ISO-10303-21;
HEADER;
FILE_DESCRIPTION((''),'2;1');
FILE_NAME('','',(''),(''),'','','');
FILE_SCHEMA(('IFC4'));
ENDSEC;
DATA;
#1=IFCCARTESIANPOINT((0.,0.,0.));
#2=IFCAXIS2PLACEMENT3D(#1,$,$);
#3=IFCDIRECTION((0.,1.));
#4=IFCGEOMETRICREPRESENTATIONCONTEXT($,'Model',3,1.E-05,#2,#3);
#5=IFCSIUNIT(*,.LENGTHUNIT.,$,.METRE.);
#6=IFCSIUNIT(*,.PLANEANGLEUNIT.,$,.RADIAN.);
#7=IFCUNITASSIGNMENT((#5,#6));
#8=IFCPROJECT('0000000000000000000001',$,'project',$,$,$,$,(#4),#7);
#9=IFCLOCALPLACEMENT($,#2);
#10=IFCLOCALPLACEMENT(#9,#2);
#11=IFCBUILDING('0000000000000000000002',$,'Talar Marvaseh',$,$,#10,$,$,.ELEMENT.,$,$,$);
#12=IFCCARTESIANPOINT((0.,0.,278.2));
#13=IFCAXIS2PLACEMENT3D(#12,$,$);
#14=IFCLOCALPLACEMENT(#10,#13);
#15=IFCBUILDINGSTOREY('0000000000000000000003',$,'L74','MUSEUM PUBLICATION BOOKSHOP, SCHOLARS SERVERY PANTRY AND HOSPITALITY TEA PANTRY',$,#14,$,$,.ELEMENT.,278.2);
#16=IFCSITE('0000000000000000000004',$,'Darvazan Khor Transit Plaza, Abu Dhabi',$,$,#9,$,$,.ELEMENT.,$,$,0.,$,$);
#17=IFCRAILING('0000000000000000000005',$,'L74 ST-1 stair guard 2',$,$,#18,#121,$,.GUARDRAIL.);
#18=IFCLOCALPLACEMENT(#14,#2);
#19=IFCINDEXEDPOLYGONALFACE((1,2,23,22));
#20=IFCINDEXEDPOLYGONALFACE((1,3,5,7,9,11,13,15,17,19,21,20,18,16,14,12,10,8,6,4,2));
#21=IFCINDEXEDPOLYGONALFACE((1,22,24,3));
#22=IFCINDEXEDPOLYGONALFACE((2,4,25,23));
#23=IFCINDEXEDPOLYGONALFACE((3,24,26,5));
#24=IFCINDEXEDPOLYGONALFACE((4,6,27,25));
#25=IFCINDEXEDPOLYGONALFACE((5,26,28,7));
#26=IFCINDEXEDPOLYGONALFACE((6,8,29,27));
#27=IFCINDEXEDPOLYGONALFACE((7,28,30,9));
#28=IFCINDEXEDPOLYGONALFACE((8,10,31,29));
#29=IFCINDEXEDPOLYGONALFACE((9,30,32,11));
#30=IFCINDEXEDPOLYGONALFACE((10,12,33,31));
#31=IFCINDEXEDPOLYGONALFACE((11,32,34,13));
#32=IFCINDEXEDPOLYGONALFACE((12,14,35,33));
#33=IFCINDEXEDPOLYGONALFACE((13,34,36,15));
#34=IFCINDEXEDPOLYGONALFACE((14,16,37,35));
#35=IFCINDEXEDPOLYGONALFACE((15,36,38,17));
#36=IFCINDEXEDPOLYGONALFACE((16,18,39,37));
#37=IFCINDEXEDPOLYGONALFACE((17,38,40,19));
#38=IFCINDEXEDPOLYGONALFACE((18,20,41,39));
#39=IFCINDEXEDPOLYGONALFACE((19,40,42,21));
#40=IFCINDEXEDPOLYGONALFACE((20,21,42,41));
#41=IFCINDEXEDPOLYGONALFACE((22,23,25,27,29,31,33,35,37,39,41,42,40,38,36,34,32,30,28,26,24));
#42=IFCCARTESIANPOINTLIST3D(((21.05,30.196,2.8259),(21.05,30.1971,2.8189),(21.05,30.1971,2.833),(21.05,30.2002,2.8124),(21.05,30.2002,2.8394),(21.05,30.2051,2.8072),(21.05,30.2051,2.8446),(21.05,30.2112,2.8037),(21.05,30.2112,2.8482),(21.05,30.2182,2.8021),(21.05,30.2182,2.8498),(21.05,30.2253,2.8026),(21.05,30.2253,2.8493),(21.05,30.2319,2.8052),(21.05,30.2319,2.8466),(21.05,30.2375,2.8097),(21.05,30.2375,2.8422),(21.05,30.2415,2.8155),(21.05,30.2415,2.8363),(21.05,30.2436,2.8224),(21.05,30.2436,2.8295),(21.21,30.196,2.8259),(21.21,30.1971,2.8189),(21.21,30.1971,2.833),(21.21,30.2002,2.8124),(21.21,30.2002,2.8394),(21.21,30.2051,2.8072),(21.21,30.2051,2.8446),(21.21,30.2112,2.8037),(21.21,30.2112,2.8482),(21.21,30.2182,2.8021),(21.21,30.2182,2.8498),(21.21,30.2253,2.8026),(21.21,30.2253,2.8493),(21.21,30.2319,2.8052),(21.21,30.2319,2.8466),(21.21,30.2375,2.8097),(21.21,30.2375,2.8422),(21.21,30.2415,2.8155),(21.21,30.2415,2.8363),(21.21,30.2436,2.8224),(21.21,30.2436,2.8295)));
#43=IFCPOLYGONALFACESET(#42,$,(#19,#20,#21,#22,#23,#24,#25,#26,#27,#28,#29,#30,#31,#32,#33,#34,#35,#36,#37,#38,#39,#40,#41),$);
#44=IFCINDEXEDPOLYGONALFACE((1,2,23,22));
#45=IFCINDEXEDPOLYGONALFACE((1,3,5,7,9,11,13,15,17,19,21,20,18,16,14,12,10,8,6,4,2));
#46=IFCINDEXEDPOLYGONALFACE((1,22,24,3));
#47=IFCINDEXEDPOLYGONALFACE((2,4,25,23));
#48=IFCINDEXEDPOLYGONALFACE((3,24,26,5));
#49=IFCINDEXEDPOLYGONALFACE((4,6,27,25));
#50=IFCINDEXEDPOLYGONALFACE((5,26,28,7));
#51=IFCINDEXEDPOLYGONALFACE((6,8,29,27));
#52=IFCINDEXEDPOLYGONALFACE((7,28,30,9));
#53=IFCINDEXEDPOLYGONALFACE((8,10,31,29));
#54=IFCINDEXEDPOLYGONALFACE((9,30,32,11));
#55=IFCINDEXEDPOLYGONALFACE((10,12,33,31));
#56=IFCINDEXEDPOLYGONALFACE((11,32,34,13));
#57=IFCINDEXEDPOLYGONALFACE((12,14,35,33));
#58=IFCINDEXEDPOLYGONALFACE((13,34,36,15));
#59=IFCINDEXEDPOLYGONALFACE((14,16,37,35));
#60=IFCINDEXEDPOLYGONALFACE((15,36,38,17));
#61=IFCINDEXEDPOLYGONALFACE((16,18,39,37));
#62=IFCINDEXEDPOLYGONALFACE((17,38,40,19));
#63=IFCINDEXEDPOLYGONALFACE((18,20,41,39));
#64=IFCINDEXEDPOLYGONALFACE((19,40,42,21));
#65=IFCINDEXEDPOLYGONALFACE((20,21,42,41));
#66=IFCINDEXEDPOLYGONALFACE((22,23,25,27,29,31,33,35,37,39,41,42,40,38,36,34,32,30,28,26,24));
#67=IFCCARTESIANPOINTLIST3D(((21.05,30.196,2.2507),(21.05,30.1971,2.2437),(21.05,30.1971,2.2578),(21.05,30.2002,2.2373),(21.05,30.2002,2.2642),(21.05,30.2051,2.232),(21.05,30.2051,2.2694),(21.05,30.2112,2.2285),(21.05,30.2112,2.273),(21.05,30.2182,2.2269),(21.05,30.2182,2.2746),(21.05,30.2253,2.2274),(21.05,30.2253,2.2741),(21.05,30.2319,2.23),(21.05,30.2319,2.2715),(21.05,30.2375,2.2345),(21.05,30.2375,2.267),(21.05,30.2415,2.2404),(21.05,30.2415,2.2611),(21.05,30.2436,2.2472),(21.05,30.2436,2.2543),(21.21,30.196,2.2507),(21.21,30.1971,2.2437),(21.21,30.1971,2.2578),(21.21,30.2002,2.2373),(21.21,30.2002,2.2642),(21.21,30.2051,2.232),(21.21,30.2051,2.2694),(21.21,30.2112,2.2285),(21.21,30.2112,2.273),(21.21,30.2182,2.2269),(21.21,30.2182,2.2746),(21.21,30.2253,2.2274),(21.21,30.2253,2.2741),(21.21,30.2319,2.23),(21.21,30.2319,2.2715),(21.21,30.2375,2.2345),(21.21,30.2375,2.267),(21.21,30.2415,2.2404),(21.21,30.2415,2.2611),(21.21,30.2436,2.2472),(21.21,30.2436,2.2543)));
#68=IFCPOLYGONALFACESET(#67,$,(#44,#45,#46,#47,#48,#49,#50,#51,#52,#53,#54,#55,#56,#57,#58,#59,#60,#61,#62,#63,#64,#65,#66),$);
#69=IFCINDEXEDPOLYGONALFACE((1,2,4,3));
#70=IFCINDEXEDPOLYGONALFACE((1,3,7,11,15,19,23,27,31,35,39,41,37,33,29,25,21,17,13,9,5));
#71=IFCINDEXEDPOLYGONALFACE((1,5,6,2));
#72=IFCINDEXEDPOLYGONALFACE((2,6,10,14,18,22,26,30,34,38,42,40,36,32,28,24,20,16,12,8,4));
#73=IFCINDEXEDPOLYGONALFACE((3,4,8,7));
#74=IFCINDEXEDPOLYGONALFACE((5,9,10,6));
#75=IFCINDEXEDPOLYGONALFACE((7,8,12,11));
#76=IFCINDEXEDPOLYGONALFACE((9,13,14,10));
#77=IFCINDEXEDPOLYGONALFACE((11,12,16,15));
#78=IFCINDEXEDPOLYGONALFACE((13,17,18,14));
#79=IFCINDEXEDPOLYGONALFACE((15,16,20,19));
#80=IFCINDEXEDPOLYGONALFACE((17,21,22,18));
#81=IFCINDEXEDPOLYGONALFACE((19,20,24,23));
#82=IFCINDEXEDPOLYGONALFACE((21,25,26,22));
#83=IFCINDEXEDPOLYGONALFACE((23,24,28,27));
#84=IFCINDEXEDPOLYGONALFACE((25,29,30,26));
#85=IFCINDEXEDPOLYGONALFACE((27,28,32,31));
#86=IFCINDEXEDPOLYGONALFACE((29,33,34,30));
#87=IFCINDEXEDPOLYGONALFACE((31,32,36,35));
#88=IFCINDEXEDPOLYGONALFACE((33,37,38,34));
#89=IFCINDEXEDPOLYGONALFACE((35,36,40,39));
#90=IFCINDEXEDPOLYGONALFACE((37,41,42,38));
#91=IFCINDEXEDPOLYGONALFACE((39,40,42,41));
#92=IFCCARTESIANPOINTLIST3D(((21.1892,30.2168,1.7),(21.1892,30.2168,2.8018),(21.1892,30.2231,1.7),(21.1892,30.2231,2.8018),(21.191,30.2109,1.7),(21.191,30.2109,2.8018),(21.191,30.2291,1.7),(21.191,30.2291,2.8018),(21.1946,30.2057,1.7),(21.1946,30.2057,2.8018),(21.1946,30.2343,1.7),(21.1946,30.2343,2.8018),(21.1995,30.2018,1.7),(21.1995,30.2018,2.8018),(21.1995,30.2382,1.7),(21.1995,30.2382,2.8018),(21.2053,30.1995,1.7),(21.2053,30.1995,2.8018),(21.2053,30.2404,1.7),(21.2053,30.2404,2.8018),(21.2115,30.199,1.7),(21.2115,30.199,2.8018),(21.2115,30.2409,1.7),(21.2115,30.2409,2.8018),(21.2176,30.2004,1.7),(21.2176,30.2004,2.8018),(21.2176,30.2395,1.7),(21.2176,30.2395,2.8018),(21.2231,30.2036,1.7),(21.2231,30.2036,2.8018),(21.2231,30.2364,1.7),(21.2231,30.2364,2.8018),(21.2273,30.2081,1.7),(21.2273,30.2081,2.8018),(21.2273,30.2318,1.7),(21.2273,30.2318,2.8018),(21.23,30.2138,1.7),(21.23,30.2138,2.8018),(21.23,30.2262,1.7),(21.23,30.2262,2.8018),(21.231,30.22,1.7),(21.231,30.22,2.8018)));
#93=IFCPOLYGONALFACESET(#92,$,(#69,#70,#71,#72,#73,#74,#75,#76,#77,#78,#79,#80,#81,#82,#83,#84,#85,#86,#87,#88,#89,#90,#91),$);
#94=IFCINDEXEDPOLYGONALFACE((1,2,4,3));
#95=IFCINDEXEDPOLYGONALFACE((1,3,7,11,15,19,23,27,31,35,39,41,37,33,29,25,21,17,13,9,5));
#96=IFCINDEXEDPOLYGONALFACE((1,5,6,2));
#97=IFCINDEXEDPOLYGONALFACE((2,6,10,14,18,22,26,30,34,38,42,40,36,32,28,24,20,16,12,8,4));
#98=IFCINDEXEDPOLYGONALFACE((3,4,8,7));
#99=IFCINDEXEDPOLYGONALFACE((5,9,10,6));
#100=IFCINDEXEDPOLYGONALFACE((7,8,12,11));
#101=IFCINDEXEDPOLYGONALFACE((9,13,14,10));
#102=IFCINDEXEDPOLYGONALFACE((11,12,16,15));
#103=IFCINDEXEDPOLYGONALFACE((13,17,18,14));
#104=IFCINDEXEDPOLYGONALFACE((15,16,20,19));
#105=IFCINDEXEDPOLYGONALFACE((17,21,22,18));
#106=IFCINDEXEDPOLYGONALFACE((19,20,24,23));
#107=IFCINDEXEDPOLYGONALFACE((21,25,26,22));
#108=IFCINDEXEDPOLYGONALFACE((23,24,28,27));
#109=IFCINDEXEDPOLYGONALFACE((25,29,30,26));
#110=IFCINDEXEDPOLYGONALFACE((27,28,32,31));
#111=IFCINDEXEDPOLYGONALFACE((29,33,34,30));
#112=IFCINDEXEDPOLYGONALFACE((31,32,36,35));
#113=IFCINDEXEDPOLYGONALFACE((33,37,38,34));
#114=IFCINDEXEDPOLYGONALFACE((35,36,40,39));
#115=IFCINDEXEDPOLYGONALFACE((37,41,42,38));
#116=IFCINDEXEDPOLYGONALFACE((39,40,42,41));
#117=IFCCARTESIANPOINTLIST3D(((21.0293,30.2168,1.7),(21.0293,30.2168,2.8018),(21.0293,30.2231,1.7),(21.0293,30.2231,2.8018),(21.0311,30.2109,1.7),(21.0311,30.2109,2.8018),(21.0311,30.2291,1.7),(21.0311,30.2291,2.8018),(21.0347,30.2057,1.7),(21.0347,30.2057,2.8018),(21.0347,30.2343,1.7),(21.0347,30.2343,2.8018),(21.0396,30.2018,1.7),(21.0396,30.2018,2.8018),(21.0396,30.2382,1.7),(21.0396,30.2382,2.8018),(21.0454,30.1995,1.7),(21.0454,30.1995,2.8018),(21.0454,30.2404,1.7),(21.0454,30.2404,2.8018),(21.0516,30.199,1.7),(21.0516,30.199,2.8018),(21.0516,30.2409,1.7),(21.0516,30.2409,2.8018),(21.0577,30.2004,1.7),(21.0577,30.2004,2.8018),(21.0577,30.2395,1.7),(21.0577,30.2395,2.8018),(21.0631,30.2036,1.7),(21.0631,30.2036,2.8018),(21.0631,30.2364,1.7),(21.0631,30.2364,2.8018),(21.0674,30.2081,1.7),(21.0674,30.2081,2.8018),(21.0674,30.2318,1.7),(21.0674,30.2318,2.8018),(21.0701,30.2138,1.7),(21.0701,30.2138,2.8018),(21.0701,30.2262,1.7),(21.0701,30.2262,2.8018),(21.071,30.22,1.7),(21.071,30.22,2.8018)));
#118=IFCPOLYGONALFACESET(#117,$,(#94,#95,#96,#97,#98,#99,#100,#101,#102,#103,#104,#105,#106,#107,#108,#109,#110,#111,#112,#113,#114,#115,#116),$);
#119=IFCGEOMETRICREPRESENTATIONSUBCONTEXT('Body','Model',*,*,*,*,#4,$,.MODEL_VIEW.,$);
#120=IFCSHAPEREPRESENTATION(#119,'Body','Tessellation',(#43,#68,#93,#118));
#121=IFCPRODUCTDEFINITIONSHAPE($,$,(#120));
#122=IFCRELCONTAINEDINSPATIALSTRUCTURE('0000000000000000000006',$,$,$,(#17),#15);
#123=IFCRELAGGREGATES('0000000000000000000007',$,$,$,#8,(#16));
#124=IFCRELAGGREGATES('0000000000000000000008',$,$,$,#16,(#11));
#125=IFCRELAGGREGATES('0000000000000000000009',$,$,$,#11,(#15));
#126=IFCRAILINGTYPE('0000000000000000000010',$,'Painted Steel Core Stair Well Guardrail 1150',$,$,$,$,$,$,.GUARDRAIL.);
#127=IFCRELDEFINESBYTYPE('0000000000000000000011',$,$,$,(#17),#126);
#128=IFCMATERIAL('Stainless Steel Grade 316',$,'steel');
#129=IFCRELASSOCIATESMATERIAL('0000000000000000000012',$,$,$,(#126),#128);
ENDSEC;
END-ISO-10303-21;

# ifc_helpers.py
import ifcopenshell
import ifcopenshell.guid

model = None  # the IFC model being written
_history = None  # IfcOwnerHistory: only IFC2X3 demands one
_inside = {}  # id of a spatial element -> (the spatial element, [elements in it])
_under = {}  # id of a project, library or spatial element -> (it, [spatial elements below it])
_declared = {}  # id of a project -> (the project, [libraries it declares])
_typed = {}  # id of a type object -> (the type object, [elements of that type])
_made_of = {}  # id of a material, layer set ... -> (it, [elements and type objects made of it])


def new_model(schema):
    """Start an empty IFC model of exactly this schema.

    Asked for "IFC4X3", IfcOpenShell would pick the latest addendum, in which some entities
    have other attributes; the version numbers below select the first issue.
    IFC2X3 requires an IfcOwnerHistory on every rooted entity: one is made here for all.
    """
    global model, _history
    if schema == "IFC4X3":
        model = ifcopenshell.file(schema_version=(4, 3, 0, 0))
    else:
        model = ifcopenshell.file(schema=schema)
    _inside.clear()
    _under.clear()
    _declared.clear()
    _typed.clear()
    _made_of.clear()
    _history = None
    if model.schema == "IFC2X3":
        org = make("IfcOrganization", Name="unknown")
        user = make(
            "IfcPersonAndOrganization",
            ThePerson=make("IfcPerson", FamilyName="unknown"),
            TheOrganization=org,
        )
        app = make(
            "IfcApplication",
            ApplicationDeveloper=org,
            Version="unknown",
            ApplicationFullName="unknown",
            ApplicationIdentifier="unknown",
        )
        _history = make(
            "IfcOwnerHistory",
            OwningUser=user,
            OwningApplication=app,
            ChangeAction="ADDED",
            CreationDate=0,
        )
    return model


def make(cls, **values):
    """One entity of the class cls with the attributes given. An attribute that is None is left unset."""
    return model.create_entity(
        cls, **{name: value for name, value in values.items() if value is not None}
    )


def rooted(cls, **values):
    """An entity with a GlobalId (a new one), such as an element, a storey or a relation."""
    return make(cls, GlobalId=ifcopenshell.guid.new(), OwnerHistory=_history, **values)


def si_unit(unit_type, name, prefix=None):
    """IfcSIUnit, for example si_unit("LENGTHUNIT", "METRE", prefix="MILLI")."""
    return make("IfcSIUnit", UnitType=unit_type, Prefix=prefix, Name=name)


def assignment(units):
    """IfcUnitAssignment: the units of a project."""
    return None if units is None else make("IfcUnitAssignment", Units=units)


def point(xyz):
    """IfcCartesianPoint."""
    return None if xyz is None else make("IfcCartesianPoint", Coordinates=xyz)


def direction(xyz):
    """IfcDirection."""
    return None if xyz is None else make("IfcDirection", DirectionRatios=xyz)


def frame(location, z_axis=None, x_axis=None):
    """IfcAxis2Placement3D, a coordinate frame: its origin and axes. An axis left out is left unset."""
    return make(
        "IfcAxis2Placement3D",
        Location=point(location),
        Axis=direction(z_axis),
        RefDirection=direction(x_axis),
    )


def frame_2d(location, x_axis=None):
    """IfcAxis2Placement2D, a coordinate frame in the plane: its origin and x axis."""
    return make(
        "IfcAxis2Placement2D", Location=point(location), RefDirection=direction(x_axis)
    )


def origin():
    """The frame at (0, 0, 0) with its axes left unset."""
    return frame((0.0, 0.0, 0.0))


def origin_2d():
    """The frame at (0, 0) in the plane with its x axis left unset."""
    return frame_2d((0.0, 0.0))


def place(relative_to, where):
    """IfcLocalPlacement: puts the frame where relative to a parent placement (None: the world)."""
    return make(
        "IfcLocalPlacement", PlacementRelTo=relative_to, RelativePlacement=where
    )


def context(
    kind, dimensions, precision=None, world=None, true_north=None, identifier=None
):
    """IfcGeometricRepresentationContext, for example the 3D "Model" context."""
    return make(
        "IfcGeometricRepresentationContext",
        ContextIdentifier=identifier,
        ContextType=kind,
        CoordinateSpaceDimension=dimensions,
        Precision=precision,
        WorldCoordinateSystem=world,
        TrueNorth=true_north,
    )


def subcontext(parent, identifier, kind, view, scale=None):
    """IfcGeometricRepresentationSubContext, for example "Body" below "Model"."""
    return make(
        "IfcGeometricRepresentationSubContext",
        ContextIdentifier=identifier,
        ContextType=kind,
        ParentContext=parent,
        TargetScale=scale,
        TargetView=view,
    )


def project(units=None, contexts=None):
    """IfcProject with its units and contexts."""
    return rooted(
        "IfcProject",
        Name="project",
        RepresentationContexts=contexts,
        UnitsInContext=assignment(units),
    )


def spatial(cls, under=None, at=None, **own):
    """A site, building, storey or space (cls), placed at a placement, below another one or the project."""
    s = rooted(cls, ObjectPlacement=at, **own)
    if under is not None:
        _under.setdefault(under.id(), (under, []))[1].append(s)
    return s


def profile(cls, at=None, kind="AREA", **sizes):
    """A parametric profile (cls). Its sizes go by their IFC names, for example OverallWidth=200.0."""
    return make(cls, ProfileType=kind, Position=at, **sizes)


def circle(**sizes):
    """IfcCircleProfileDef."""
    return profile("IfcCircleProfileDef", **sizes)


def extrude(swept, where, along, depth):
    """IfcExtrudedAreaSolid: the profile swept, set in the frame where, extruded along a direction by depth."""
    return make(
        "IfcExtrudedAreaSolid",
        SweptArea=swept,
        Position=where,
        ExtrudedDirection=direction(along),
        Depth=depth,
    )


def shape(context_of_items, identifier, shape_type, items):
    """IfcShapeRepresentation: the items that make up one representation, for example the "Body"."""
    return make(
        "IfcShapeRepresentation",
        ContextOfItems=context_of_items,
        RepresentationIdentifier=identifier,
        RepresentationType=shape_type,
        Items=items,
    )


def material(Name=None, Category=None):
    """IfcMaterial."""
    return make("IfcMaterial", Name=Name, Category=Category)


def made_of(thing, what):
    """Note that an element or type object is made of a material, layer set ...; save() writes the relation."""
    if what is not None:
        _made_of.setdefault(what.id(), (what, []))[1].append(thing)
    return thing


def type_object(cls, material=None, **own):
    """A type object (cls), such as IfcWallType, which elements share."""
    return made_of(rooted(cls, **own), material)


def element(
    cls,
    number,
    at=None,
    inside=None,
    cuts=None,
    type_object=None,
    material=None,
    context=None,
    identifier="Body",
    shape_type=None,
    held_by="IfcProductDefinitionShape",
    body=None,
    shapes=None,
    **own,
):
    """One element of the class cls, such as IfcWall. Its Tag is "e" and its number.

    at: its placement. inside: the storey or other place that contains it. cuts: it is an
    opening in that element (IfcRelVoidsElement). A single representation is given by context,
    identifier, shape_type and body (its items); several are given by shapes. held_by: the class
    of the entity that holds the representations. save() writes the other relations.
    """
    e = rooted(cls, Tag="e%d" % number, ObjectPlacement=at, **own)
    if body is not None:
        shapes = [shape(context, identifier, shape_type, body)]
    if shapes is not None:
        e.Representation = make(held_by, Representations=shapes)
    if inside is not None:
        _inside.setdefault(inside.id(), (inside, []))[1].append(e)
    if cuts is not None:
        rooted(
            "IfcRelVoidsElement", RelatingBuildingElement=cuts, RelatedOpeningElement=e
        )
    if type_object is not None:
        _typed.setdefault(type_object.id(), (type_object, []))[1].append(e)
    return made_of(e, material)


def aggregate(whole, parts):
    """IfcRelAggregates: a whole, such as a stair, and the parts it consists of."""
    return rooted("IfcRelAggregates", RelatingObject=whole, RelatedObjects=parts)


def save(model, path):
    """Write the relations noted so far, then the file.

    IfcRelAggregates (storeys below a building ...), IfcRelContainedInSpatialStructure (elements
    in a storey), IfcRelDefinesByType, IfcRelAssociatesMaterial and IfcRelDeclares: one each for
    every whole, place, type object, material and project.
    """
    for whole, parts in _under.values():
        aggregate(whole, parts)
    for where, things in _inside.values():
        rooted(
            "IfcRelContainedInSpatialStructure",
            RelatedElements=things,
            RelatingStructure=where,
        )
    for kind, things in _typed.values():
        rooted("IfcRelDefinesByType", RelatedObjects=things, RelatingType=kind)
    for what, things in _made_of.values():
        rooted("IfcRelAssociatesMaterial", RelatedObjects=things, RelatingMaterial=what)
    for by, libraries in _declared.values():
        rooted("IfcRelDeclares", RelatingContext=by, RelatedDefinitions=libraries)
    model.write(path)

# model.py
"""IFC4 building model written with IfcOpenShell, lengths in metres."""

from ifc_helpers import new_model, si_unit, direction, frame, origin, origin_2d, place, context, subcontext, project, spatial, circle, extrude, material, type_object, element, save


model = new_model("IFC4")

# Units and contexts
model_context = context("Model", 3, precision=1e-05, world=origin(), true_north=direction((0.0, 1.0)))
body_context = subcontext(model_context, "Body", "Model", "MODEL_VIEW")
ifc_project = project(units=[si_unit("LENGTHUNIT", "METRE"), si_unit("PLANEANGLEUNIT", "RADIAN")], contexts=[model_context])

# Site, building, storey
site_placement = place(None, origin())
site = spatial("IfcSite", under=ifc_project, at=site_placement, Name="Darvazan Khor Transit Plaza, Abu Dhabi", CompositionType="ELEMENT", RefElevation=0.0)
building_placement = place(site_placement, origin())
building = spatial("IfcBuilding", under=site, at=building_placement, Name="Talar Marvaseh", CompositionType="ELEMENT")
storey_placement = place(building_placement, frame((0.0, 0.0, 278.2)))
storey = spatial("IfcBuildingStorey", under=building, at=storey_placement, Name="L74", Description="MUSEUM PUBLICATION BOOKSHOP, SCHOLARS SERVERY PANTRY AND HOSPITALITY TEA PANTRY", CompositionType="ELEMENT", Elevation=278.2)

# Railing
ifc_material_1 = material(Name="Stainless Steel Grade 316", Category="steel")
railing_type_1 = type_object("IfcRailingType", Name="Painted Steel Core Stair Well Guardrail 1150", PredefinedType="GUARDRAIL", material=ifc_material_1)
railing_1_placement = place(storey_placement, frame((21.21, 30.22, 1.7)))
element("IfcRailing", 1, at=railing_1_placement, inside=storey, type_object=railing_type_1, Name="L74 ST-1 stair guard 2", PredefinedType="GUARDRAIL", context=body_context, shape_type="SweptSolid", body=[
    extrude(circle(Radius=0.0239, at=origin_2d()), frame((0.0, 0.0, 1.126), z_axis=(-1.0, 0.0, 0.0), x_axis=(0.0, -1.0, 0.0)), (0.0, 0.0, 1.0), 0.1599),
    extrude(circle(Radius=0.0239, at=origin_2d()), frame((0.0, 0.0, 0.5508), z_axis=(-1.0, 0.0, 0.0), x_axis=(0.0, -1.0, 0.0)), (0.0, 0.0, 1.0), 0.1599),
    extrude(circle(Radius=0.021, at=origin_2d()), origin(), (0.0, 0.0, 1.0), 1.1018),
    extrude(circle(Radius=0.021, at=origin_2d()), frame((-0.1599, 0.0, 0.0)), (0.0, 0.0, 1.0), 1.1018),
])

save(model, "model.ifc")
